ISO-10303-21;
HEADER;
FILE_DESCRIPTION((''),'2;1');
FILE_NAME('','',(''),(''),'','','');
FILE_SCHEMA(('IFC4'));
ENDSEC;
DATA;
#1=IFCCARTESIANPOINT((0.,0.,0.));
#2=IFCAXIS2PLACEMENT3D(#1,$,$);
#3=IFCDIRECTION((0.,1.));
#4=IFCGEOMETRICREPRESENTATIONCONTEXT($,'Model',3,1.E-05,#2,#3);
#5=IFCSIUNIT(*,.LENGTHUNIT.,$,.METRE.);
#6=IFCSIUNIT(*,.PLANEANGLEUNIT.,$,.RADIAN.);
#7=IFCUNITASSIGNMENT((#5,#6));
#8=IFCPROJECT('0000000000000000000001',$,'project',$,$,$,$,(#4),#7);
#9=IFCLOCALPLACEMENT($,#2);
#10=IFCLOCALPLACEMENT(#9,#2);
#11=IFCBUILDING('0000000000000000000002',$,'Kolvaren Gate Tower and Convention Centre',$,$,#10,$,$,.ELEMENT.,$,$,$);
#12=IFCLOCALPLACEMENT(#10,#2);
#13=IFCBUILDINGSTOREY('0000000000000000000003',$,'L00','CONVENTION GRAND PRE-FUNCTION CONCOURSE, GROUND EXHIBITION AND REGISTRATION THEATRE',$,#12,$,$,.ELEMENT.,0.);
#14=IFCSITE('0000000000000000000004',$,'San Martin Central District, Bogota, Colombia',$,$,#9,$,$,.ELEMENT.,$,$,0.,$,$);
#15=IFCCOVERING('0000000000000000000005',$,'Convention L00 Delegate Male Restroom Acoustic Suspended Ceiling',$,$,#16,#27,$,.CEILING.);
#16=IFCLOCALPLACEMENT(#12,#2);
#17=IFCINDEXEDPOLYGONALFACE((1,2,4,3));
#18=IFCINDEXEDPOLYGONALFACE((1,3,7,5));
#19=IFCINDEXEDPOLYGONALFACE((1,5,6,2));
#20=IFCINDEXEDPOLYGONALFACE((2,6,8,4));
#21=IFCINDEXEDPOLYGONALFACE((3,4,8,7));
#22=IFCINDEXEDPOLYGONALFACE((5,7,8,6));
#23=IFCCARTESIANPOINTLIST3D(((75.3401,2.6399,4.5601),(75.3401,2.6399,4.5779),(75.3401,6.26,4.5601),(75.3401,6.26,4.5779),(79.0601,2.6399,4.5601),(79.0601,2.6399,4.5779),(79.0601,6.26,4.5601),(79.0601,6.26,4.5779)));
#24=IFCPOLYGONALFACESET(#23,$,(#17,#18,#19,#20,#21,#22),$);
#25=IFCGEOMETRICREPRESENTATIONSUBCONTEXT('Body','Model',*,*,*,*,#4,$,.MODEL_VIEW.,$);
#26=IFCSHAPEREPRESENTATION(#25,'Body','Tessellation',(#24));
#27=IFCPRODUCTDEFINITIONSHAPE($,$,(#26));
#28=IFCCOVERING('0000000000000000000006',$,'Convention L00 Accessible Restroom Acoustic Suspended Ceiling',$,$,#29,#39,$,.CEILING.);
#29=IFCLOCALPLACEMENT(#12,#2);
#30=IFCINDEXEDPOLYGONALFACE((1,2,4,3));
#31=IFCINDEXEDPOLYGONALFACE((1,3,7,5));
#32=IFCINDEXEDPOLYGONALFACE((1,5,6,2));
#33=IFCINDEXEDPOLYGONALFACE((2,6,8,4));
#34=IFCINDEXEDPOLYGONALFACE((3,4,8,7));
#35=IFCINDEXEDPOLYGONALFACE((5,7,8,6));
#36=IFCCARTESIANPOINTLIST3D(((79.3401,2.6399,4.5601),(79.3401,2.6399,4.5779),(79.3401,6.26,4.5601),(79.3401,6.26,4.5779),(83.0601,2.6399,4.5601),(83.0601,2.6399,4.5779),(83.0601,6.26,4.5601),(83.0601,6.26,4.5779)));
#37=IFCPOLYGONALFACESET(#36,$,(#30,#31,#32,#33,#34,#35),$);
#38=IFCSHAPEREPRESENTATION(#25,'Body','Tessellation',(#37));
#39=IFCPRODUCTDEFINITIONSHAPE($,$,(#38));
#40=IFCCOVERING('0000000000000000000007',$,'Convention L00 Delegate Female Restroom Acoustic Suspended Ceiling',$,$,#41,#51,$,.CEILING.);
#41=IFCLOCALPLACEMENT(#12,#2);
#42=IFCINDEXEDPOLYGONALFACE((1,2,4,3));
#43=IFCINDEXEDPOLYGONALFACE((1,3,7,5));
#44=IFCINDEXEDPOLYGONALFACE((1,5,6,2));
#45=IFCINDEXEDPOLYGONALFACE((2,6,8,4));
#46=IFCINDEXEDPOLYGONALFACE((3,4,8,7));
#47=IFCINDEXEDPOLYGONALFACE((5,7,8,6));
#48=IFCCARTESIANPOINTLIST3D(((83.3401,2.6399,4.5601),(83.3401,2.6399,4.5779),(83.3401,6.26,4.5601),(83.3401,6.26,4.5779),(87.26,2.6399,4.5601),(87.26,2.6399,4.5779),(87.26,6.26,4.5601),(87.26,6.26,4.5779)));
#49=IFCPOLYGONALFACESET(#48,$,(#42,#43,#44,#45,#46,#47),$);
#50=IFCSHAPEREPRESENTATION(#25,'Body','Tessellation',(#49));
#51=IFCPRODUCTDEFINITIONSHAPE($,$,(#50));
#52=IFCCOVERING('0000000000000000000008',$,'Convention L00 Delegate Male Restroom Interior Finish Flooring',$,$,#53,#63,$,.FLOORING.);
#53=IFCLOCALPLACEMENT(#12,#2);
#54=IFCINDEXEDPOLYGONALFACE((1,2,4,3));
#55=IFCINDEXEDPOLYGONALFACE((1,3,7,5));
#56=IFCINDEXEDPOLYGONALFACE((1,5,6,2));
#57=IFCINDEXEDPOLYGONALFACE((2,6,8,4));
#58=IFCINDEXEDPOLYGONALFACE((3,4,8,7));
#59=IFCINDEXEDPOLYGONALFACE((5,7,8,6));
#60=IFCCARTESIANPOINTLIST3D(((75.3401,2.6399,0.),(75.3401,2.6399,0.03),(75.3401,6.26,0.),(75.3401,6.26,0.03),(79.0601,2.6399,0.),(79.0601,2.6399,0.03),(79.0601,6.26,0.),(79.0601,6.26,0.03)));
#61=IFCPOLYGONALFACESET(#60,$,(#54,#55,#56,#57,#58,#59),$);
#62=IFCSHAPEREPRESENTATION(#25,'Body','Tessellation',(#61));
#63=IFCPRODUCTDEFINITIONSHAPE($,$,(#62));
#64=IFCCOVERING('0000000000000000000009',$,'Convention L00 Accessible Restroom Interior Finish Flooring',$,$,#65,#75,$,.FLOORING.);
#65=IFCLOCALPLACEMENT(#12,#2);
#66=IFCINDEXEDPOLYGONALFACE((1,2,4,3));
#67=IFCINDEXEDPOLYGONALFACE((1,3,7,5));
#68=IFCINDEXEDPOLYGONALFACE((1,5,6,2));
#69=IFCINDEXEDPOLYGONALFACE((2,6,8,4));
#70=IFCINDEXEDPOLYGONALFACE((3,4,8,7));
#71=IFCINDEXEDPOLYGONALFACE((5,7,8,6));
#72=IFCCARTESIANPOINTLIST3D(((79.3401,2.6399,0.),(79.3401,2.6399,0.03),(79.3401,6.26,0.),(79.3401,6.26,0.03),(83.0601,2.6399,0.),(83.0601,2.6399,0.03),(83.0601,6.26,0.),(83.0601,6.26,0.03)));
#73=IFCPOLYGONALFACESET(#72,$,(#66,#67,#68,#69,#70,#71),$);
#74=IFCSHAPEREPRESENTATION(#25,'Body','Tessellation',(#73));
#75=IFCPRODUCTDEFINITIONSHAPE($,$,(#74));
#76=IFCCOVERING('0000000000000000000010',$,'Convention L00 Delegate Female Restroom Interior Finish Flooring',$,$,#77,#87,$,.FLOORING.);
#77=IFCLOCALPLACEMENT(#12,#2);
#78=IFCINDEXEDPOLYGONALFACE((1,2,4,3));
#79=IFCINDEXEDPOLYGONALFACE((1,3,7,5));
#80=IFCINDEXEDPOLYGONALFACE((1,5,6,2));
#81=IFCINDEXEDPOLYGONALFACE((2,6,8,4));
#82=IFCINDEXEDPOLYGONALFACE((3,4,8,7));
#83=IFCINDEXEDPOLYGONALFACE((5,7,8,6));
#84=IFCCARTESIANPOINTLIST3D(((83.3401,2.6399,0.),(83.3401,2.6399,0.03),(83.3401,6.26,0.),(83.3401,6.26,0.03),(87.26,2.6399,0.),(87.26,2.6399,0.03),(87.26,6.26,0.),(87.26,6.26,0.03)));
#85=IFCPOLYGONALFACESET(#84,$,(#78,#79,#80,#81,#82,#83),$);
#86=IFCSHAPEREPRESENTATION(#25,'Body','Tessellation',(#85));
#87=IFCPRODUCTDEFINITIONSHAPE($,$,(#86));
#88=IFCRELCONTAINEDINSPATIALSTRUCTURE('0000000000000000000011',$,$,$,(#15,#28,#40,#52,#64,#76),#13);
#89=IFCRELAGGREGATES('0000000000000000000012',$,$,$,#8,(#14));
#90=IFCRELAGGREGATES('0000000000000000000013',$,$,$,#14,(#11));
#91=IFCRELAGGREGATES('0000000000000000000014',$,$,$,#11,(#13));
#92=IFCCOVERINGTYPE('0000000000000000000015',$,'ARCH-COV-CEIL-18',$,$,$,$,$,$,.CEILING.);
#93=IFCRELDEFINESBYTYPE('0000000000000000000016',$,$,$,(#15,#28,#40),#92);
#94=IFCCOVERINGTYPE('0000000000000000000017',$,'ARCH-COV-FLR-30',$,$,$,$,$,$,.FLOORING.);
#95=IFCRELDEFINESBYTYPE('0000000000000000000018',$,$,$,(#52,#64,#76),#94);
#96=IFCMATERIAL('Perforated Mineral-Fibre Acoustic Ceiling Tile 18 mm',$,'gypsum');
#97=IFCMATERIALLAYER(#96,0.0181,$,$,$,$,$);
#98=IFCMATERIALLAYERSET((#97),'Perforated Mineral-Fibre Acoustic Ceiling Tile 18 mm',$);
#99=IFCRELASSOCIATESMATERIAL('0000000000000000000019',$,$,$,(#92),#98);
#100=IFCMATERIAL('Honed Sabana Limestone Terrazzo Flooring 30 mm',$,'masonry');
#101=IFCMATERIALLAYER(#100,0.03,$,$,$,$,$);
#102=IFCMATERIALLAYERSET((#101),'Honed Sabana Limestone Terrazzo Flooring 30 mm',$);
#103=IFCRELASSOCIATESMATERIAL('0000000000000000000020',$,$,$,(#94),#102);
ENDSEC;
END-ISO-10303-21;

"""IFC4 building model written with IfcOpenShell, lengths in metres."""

from ifc_helpers import new_model, si_unit, direction, frame, origin, place, context, subcontext, project, spatial, polyline, outline, extrude, material, layer, layer_set, type_object, element, save


model = new_model("IFC4")

# Units and contexts
model_context = context("Model", 3, precision=1e-05, world=origin(), true_north=direction((0.0, 1.0)))
body_context = subcontext(model_context, "Body", "Model", "MODEL_VIEW")
ifc_project = project(units=[si_unit("LENGTHUNIT", "METRE"), si_unit("PLANEANGLEUNIT", "RADIAN")], contexts=[model_context])

# Site, building, storey
site_placement = place(None, origin())
site = spatial("IfcSite", under=ifc_project, at=site_placement, Name="San Martin Central District, Bogota, Colombia", CompositionType="ELEMENT", RefElevation=0.0)
building_placement = place(site_placement, origin())
building = spatial("IfcBuilding", under=site, at=building_placement, Name="Kolvaren Gate Tower and Convention Centre", CompositionType="ELEMENT")
storey_placement = place(building_placement, origin())
storey = spatial("IfcBuildingStorey", under=building, at=storey_placement, Name="L00", Description="CONVENTION GRAND PRE-FUNCTION CONCOURSE, GROUND EXHIBITION AND REGISTRATION THEATRE", CompositionType="ELEMENT", Elevation=0.0)

# Coverings
ifc_material_1 = material(Name="Perforated Mineral-Fibre Acoustic Ceiling Tile 18 mm", Category="gypsum")
ifc_layer_1 = layer(ifc_material_1, 0.0181)
ifc_layer_set_1 = layer_set([ifc_layer_1], Name="Perforated Mineral-Fibre Acoustic Ceiling Tile 18 mm")
covering_type_1 = type_object("IfcCoveringType", Name="ARCH-COV-CEIL-18", PredefinedType="CEILING", material=ifc_layer_set_1)
covering_1_placement = place(storey_placement, frame((0.0, 0.0, 4.5601)))
element("IfcCovering", 1, at=covering_1_placement, inside=storey, type_object=covering_type_1, Name="Convention L00 Delegate Male Restroom Acoustic Suspended Ceiling", PredefinedType="CEILING", context=body_context, shape_type="SweptSolid", body=[
    extrude(outline(polyline([(75.3401, 6.26), (79.0601, 6.26), (79.0601, 2.6399), (75.3401, 2.6399), (75.3401, 6.26)])), origin(), (0.0, 0.0, 1.0), 0.0178),
])
covering_2_placement = place(storey_placement, frame((0.0, 0.0, 4.5601)))
element("IfcCovering", 2, at=covering_2_placement, inside=storey, type_object=covering_type_1, Name="Convention L00 Accessible Restroom Acoustic Suspended Ceiling", PredefinedType="CEILING", context=body_context, shape_type="SweptSolid", body=[
    extrude(outline(polyline([(79.3401, 6.26), (83.0601, 6.26), (83.0601, 2.6399), (79.3401, 2.6399), (79.3401, 6.26)])), origin(), (0.0, 0.0, 1.0), 0.0178),
])
covering_3_placement = place(storey_placement, frame((0.0, 0.0, 4.5601)))
element("IfcCovering", 3, at=covering_3_placement, inside=storey, type_object=covering_type_1, Name="Convention L00 Delegate Female Restroom Acoustic Suspended Ceiling", PredefinedType="CEILING", context=body_context, shape_type="SweptSolid", body=[
    extrude(outline(polyline([(83.3401, 6.26), (87.26, 6.26), (87.26, 2.6399), (83.3401, 2.6399), (83.3401, 6.26)])), origin(), (0.0, 0.0, 1.0), 0.0178),
])
ifc_material_2 = material(Name="Honed Sabana Limestone Terrazzo Flooring 30 mm", Category="masonry")
ifc_layer_2 = layer(ifc_material_2, 0.03)
ifc_layer_set_2 = layer_set([ifc_layer_2], Name="Honed Sabana Limestone Terrazzo Flooring 30 mm")
covering_type_2 = type_object("IfcCoveringType", Name="ARCH-COV-FLR-30", PredefinedType="FLOORING", material=ifc_layer_set_2)
covering_4_placement = place(storey_placement, origin())
element("IfcCovering", 4, at=covering_4_placement, inside=storey, type_object=covering_type_2, Name="Convention L00 Delegate Male Restroom Interior Finish Flooring", PredefinedType="FLOORING", context=body_context, shape_type="SweptSolid", body=[
    extrude(outline(polyline([(75.3401, 6.26), (79.0601, 6.26), (79.0601, 2.6399), (75.3401, 2.6399), (75.3401, 6.26)])), origin(), (0.0, 0.0, 1.0), 0.03),
])
covering_5_placement = place(storey_placement, origin())
element("IfcCovering", 5, at=covering_5_placement, inside=storey, type_object=covering_type_2, Name="Convention L00 Accessible Restroom Interior Finish Flooring", PredefinedType="FLOORING", context=body_context, shape_type="SweptSolid", body=[
    extrude(outline(polyline([(79.3401, 6.26), (83.0601, 6.26), (83.0601, 2.6399), (79.3401, 2.6399), (79.3401, 6.26)])), origin(), (0.0, 0.0, 1.0), 0.03),
])
covering_6_placement = place(storey_placement, origin())
element("IfcCovering", 6, at=covering_6_placement, inside=storey, type_object=covering_type_2, Name="Convention L00 Delegate Female Restroom Interior Finish Flooring", PredefinedType="FLOORING", context=body_context, shape_type="SweptSolid", body=[
    extrude(outline(polyline([(83.3401, 6.26), (87.26, 6.26), (87.26, 2.6399), (83.3401, 2.6399), (83.3401, 6.26)])), origin(), (0.0, 0.0, 1.0), 0.03),
])

save(model, "model.ifc")
